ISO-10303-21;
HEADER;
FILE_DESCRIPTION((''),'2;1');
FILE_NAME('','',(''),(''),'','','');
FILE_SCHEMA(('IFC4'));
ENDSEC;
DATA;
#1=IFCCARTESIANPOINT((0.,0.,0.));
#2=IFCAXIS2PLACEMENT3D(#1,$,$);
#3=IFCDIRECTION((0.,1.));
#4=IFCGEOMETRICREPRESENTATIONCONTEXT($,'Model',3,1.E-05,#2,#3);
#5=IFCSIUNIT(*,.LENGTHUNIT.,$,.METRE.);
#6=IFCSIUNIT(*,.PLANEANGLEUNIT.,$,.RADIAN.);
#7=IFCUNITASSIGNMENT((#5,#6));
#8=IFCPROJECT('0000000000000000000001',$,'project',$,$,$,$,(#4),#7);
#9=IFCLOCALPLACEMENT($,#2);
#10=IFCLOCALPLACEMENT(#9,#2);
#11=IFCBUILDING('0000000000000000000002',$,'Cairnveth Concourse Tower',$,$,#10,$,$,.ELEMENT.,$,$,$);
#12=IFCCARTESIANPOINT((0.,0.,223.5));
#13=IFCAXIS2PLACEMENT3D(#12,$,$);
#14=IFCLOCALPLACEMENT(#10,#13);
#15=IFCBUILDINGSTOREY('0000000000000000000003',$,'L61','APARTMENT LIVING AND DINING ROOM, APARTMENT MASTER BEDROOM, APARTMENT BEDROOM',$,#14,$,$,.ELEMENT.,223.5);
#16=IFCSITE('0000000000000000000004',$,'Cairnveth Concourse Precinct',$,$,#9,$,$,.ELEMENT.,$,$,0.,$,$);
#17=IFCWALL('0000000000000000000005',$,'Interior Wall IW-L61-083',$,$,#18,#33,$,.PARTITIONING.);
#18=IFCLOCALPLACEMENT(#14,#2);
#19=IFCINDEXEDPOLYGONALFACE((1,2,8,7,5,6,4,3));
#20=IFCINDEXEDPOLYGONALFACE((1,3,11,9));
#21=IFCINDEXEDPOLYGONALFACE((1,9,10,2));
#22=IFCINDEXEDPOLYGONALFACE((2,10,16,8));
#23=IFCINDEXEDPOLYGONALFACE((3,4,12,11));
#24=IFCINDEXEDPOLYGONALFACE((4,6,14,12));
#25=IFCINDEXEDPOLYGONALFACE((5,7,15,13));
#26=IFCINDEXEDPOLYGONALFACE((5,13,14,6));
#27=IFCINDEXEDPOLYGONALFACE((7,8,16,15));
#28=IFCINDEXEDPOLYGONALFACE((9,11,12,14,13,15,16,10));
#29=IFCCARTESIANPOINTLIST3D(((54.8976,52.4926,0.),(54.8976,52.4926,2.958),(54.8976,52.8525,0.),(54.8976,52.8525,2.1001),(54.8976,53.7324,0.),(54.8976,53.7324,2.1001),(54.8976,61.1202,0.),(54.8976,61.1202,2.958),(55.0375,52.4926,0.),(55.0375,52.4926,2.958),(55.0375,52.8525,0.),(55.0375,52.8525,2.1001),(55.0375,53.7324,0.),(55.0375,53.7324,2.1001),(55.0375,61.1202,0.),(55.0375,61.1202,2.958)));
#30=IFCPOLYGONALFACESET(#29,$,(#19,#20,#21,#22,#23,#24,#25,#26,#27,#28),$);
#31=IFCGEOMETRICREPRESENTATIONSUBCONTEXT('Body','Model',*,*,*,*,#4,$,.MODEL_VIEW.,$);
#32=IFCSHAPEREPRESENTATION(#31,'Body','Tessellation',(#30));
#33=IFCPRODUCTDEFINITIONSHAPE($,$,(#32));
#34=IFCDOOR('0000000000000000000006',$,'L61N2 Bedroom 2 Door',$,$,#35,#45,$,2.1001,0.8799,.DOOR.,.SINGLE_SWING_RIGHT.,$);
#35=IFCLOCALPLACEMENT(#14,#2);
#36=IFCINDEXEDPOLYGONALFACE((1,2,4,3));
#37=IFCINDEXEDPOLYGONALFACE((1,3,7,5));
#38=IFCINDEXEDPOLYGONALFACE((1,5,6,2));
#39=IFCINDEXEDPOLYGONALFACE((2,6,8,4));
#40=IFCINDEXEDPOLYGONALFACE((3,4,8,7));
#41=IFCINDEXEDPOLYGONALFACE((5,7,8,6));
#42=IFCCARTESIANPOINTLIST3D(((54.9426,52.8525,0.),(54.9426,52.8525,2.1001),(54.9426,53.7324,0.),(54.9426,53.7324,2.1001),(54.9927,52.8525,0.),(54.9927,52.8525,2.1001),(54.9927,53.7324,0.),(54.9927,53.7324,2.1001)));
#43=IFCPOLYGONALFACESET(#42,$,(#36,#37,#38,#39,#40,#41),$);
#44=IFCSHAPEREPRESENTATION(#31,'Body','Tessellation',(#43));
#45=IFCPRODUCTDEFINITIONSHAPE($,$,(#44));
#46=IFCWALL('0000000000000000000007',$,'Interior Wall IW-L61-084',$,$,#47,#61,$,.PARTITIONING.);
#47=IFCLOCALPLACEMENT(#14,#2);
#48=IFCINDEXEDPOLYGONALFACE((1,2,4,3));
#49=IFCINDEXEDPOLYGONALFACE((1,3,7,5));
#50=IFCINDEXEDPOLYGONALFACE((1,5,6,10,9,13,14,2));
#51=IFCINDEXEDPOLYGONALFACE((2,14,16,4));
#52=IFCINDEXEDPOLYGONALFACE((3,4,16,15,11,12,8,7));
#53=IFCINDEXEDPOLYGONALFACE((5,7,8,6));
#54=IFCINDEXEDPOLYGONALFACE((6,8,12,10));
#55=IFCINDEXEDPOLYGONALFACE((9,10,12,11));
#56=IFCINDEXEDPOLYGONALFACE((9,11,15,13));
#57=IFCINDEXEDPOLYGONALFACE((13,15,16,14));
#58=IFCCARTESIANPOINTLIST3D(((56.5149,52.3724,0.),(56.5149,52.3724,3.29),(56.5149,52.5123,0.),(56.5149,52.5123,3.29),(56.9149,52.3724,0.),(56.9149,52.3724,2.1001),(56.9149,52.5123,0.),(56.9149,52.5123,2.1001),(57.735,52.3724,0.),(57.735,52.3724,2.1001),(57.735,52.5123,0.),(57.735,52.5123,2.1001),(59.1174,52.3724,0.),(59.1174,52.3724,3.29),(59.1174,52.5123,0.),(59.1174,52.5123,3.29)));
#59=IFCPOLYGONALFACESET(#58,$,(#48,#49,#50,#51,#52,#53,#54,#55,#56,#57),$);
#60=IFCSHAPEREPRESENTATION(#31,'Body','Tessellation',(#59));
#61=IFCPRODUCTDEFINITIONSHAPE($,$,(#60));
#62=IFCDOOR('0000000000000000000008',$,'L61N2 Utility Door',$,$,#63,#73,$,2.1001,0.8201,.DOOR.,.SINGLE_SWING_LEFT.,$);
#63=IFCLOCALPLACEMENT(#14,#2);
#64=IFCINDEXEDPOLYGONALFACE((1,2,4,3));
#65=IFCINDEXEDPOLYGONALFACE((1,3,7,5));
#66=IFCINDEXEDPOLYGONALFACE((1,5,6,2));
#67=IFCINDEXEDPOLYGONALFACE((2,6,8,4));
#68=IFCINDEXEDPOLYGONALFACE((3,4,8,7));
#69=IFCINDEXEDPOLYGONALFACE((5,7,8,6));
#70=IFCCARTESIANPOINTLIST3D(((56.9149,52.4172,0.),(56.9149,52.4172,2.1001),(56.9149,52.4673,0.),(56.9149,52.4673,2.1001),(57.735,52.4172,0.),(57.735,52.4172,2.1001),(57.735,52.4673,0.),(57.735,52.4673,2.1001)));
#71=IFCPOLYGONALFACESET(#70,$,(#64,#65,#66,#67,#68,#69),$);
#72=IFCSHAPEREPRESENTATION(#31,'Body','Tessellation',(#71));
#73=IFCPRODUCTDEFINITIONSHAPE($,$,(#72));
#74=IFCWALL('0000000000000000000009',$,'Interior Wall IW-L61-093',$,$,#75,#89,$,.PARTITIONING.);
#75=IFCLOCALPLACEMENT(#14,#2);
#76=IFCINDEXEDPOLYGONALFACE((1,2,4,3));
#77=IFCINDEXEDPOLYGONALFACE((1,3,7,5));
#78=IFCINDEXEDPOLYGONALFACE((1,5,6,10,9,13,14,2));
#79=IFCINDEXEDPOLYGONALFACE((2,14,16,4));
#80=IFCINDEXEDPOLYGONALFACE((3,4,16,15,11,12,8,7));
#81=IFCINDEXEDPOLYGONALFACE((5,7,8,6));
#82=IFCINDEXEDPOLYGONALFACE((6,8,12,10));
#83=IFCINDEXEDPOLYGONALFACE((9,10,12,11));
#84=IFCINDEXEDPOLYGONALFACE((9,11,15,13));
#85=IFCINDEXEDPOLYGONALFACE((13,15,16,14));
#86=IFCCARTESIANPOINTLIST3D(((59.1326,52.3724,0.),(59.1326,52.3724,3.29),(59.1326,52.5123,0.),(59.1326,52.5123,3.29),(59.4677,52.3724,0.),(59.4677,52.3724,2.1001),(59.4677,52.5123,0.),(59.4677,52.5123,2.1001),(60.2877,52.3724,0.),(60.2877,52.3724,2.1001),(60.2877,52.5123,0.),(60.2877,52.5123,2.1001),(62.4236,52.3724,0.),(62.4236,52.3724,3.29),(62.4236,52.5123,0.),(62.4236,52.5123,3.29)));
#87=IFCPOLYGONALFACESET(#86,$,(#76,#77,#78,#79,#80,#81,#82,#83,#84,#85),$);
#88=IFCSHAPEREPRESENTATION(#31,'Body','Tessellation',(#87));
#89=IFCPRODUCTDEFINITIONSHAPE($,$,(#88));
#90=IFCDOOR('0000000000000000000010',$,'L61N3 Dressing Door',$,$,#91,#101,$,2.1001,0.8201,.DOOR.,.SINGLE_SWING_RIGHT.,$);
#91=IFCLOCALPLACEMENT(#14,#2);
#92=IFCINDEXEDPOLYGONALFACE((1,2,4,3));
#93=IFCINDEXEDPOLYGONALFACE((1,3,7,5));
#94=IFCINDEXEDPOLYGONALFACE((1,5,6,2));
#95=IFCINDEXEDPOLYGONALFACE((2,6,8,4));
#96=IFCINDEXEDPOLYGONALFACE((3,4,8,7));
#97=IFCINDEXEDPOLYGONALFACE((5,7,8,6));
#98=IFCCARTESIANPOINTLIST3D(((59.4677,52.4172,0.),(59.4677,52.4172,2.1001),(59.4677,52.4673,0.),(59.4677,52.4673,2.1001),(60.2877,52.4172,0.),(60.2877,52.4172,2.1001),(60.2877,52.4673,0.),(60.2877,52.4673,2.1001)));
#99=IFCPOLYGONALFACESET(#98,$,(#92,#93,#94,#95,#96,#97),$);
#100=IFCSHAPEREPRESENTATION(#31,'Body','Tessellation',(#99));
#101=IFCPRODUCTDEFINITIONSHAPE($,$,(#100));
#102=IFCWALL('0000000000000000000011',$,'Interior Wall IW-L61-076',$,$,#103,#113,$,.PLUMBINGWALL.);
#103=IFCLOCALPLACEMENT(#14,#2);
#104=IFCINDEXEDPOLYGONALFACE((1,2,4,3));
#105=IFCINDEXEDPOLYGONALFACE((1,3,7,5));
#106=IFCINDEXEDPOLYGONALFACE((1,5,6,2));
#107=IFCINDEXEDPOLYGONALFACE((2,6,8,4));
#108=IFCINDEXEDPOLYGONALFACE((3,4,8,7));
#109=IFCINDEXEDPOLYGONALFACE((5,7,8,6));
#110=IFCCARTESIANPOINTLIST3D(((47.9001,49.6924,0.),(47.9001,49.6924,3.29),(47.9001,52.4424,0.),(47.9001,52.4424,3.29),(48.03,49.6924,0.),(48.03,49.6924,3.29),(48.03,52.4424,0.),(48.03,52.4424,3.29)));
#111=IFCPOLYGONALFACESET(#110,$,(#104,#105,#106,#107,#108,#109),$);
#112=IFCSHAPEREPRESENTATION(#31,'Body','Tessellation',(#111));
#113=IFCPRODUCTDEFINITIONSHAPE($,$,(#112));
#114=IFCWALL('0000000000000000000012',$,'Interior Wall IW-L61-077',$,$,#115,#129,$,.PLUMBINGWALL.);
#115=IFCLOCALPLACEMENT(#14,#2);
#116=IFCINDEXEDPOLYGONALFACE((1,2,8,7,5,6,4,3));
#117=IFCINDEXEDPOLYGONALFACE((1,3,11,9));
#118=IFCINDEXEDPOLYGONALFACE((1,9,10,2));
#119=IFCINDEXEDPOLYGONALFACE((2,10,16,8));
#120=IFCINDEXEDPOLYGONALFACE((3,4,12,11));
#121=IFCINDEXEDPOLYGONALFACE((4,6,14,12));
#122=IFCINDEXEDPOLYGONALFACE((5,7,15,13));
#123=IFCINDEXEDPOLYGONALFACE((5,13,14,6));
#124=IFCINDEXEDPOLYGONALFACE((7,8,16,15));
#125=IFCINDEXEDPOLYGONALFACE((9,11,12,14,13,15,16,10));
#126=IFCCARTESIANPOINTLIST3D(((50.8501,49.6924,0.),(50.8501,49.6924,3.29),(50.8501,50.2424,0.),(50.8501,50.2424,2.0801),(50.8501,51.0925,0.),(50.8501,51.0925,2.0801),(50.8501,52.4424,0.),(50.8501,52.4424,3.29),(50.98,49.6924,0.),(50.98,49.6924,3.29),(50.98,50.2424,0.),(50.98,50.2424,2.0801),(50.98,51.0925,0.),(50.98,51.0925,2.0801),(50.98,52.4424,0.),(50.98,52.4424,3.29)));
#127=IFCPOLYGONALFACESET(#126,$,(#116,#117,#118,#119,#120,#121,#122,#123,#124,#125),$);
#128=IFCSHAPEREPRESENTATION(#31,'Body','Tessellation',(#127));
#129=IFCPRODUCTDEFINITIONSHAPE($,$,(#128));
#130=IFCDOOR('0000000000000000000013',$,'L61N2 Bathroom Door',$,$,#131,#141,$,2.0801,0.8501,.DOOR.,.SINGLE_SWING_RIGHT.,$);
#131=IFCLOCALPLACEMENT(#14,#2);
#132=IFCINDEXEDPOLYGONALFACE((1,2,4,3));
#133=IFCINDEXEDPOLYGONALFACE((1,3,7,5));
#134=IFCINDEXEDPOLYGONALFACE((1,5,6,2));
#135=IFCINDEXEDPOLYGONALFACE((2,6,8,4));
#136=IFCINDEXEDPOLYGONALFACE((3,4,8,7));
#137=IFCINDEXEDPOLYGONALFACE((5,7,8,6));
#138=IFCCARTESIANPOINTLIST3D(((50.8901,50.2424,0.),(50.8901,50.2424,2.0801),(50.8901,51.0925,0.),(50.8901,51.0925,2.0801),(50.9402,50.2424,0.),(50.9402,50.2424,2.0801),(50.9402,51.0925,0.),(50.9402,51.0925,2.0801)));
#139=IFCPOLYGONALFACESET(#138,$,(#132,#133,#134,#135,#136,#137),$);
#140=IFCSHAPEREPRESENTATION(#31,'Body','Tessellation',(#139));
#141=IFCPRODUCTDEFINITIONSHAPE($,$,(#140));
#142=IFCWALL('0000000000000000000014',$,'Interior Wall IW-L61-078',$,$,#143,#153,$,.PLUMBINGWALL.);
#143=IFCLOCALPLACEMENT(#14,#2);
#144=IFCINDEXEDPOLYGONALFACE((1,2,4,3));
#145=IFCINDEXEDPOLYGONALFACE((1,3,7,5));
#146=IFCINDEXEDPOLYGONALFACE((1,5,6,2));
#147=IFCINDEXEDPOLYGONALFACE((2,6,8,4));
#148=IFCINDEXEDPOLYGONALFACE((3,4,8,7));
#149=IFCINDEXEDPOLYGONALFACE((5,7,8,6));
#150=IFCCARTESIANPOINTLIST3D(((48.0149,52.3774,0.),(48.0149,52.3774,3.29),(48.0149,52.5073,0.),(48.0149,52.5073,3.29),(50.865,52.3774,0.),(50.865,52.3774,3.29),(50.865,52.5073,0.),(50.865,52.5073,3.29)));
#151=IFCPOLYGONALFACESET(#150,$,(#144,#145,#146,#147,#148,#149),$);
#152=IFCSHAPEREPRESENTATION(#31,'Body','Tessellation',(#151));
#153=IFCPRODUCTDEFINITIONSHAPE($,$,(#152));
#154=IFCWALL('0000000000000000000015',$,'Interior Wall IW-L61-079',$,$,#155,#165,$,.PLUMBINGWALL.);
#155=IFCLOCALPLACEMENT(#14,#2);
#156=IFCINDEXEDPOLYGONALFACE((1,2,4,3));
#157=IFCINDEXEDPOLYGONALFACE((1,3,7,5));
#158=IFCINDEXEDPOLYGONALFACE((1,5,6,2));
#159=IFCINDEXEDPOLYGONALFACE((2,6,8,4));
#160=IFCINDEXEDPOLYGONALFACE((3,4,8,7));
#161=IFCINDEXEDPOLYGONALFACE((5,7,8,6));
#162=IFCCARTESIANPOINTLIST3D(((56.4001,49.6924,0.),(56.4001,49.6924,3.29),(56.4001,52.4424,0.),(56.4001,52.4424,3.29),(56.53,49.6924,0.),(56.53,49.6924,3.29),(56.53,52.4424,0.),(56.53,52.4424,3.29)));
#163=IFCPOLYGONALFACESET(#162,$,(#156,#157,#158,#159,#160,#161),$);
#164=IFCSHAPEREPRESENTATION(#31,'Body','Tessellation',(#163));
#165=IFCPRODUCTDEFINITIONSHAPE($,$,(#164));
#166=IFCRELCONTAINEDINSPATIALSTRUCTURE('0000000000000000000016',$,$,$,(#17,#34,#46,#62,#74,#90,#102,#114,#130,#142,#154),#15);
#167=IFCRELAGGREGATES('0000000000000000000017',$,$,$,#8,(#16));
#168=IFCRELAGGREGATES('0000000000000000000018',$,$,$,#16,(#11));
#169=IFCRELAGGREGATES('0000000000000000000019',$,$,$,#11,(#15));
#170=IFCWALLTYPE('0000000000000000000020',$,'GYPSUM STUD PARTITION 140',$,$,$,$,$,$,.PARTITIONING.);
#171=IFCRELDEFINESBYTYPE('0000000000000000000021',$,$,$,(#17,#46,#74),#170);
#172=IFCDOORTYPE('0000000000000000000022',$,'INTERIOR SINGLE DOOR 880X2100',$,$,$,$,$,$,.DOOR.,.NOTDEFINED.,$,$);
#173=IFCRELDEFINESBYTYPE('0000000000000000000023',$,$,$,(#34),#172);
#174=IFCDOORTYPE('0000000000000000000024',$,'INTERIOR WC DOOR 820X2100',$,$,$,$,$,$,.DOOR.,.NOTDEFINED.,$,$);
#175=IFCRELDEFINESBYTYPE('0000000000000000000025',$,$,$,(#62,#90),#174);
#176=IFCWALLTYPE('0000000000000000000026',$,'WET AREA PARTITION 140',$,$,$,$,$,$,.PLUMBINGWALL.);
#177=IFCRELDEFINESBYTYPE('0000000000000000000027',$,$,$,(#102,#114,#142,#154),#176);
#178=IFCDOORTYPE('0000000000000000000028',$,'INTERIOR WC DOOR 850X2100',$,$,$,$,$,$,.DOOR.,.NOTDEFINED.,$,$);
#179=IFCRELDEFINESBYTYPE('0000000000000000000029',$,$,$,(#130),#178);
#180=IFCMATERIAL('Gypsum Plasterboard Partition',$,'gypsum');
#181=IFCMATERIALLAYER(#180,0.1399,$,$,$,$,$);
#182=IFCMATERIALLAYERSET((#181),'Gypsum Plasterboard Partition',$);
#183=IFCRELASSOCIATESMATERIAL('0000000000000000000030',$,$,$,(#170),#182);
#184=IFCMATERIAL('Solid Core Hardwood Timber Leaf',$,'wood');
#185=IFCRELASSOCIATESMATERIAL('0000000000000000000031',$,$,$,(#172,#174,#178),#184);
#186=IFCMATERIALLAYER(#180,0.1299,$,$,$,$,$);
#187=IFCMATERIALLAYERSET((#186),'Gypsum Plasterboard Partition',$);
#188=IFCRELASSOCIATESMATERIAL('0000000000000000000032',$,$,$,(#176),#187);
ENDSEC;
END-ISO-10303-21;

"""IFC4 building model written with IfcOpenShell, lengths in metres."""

from ifc_helpers import new_model, si_unit, direction, frame, frame_2d, origin, place, context, subcontext, project, spatial, rectangle, extrude, material, layer, layer_set, type_object, element, fill, save


model = new_model("IFC4")

# Units and contexts
model_context = context("Model", 3, precision=1e-05, world=origin(), true_north=direction((0.0, 1.0)))
body_context = subcontext(model_context, "Body", "Model", "MODEL_VIEW")
ifc_project = project(units=[si_unit("LENGTHUNIT", "METRE"), si_unit("PLANEANGLEUNIT", "RADIAN")], contexts=[model_context])

# Site, building, storey
site_placement = place(None, origin())
site = spatial("IfcSite", under=ifc_project, at=site_placement, Name="Cairnveth Concourse Precinct", CompositionType="ELEMENT", RefElevation=0.0)
building_placement = place(site_placement, origin())
building = spatial("IfcBuilding", under=site, at=building_placement, Name="Cairnveth Concourse Tower", CompositionType="ELEMENT")
storey_placement = place(building_placement, frame((0.0, 0.0, 223.5)))
storey = spatial("IfcBuildingStorey", under=building, at=storey_placement, Name="L61", Description="APARTMENT LIVING AND DINING ROOM, APARTMENT MASTER BEDROOM, APARTMENT BEDROOM", CompositionType="ELEMENT", Elevation=223.5)

# Shared definitions
ifc_material_1 = material(Name="Gypsum Plasterboard Partition", Category="gypsum")

# Walls, openings, doors
ifc_layer_1 = layer(ifc_material_1, 0.1399)
ifc_layer_set_1 = layer_set([ifc_layer_1], Name="Gypsum Plasterboard Partition")
wall_type_1 = type_object("IfcWallType", Name="GYPSUM STUD PARTITION 140", PredefinedType="PARTITIONING", material=ifc_layer_set_1)
ifc_material_2 = material(Name="Solid Core Hardwood Timber Leaf", Category="wood")
door_type_1 = type_object("IfcDoorType", Name="INTERIOR SINGLE DOOR 880X2100", OperationType="NOTDEFINED", PredefinedType="DOOR", material=ifc_material_2)
wall_1_placement = place(storey_placement, frame((54.9675, 52.4924, 0.0), z_axis=(0.0, 0.0, 1.0), x_axis=(0.0, 1.0, 0.0)))
wall_1 = element("IfcWall", 1, at=wall_1_placement, inside=storey, type_object=wall_type_1, Name="Interior Wall IW-L61-083", PredefinedType="PARTITIONING", context=body_context, shape_type="SweptSolid", body=[
    extrude(rectangle(XDim=8.6277, YDim=0.1399, at=frame_2d((4.314, 0.0))), origin(), (0.0, 0.0, 1.0), 2.958),
])
opening_1_placement = place(wall_1_placement, frame((0.3601, 0.0, 0.0)))
opening_1 = element("IfcOpeningElement", 2, at=opening_1_placement, cuts=wall_1, PredefinedType="OPENING", context=body_context, shape_type="SweptSolid", body=[
    extrude(rectangle(XDim=0.8799, YDim=2.1001, at=frame_2d((0.4399, 1.05))), frame((0.0, 0.0798, 0.0), z_axis=(0.0, -1.0, 0.0), x_axis=(1.0, 0.0, 0.0)), (0.0, 0.0, 1.0), 0.1599),
])
door_1_placement = place(opening_1_placement, origin())
door_1 = element("IfcDoor", 3, at=door_1_placement, inside=storey, type_object=door_type_1, Name="L61N2 Bedroom 2 Door", OperationType="SINGLE_SWING_RIGHT", OverallHeight=2.1001, OverallWidth=0.8799, PredefinedType="DOOR", context=body_context, shape_type="SweptSolid", body=[
    extrude(rectangle(XDim=0.8799, YDim=2.1001, at=frame_2d((0.4399, 1.05))), frame((0.0, 0.0249, 0.0), z_axis=(0.0, -1.0, 0.0), x_axis=(1.0, 0.0, 0.0)), (0.0, 0.0, 1.0), 0.05),
])
fill(opening_1, door_1)
wall_2_placement = place(storey_placement, frame((56.5149, 52.4424, 0.0), z_axis=(0.0, 0.0, 1.0), x_axis=(1.0, 0.0, 0.0)))
wall_2 = element("IfcWall", 4, at=wall_2_placement, inside=storey, type_object=wall_type_1, Name="Interior Wall IW-L61-084", PredefinedType="PARTITIONING", context=body_context, shape_type="SweptSolid", body=[
    extrude(rectangle(XDim=2.6025, YDim=0.1399, at=frame_2d((1.3013, 0.0))), origin(), (0.0, 0.0, 1.0), 3.29),
])
opening_2_placement = place(wall_2_placement, frame((0.3999, 0.0, 0.0)))
opening_2 = element("IfcOpeningElement", 5, at=opening_2_placement, cuts=wall_2, PredefinedType="OPENING", context=body_context, shape_type="SweptSolid", body=[
    extrude(rectangle(XDim=0.8201, YDim=2.1001, at=frame_2d((0.4102, 1.05))), frame((0.0, 0.0798, 0.0), z_axis=(0.0, -1.0, 0.0), x_axis=(1.0, 0.0, 0.0)), (0.0, 0.0, 1.0), 0.1599),
])
door_type_2 = type_object("IfcDoorType", Name="INTERIOR WC DOOR 820X2100", OperationType="NOTDEFINED", PredefinedType="DOOR", material=ifc_material_2)
door_2_placement = place(opening_2_placement, origin())
door_2 = element("IfcDoor", 6, at=door_2_placement, inside=storey, type_object=door_type_2, Name="L61N2 Utility Door", OperationType="SINGLE_SWING_LEFT", OverallHeight=2.1001, OverallWidth=0.8201, PredefinedType="DOOR", context=body_context, shape_type="SweptSolid", body=[
    extrude(rectangle(XDim=0.8201, YDim=2.1001, at=frame_2d((0.4102, 1.05))), frame((0.0, 0.0249, 0.0), z_axis=(0.0, -1.0, 0.0), x_axis=(1.0, 0.0, 0.0)), (0.0, 0.0, 1.0), 0.05),
])
fill(opening_2, door_2)
wall_3_placement = place(storey_placement, frame((59.1326, 52.4424, 0.0), z_axis=(0.0, 0.0, 1.0), x_axis=(1.0, 0.0, 0.0)))
wall_3 = element("IfcWall", 7, at=wall_3_placement, inside=storey, type_object=wall_type_1, Name="Interior Wall IW-L61-093", PredefinedType="PARTITIONING", context=body_context, shape_type="SweptSolid", body=[
    extrude(rectangle(XDim=3.291, YDim=0.1399, at=frame_2d((1.6455, 0.0))), origin(), (0.0, 0.0, 1.0), 3.29),
])
opening_3_placement = place(wall_3_placement, frame((0.335, 0.0, 0.0)))
opening_3 = element("IfcOpeningElement", 8, at=opening_3_placement, cuts=wall_3, PredefinedType="OPENING", context=body_context, shape_type="SweptSolid", body=[
    extrude(rectangle(XDim=0.8201, YDim=2.1001, at=frame_2d((0.4102, 1.05))), frame((0.0, 0.0798, 0.0), z_axis=(0.0, -1.0, 0.0), x_axis=(1.0, 0.0, 0.0)), (0.0, 0.0, 1.0), 0.1599),
])
door_3_placement = place(opening_3_placement, origin())
door_3 = element("IfcDoor", 9, at=door_3_placement, inside=storey, type_object=door_type_2, Name="L61N3 Dressing Door", OperationType="SINGLE_SWING_RIGHT", OverallHeight=2.1001, OverallWidth=0.8201, PredefinedType="DOOR", context=body_context, shape_type="SweptSolid", body=[
    extrude(rectangle(XDim=0.8201, YDim=2.1001, at=frame_2d((0.4102, 1.05))), frame((0.0, 0.0249, 0.0), z_axis=(0.0, -1.0, 0.0), x_axis=(1.0, 0.0, 0.0)), (0.0, 0.0, 1.0), 0.05),
])
fill(opening_3, door_3)

# Wall
ifc_layer_2 = layer(ifc_material_1, 0.1299)
ifc_layer_set_2 = layer_set([ifc_layer_2], Name="Gypsum Plasterboard Partition")
wall_type_2 = type_object("IfcWallType", Name="WET AREA PARTITION 140", PredefinedType="PLUMBINGWALL", material=ifc_layer_set_2)
wall_4_placement = place(storey_placement, frame((47.9651, 49.6924, 0.0), z_axis=(0.0, 0.0, 1.0), x_axis=(0.0, 1.0, 0.0)))
element("IfcWall", 10, at=wall_4_placement, inside=storey, type_object=wall_type_2, Name="Interior Wall IW-L61-076", PredefinedType="PLUMBINGWALL", context=body_context, shape_type="SweptSolid", body=[
    extrude(rectangle(XDim=2.75, YDim=0.1299, at=frame_2d((1.375, 0.0))), origin(), (0.0, 0.0, 1.0), 3.29),
])

# Wall, opening, door
wall_5_placement = place(storey_placement, frame((50.915, 49.6924, 0.0), z_axis=(0.0, 0.0, 1.0), x_axis=(0.0, 1.0, 0.0)))
wall_5 = element("IfcWall", 11, at=wall_5_placement, inside=storey, type_object=wall_type_2, Name="Interior Wall IW-L61-077", PredefinedType="PLUMBINGWALL", context=body_context, shape_type="SweptSolid", body=[
    extrude(rectangle(XDim=2.75, YDim=0.1299, at=frame_2d((1.375, 0.0))), origin(), (0.0, 0.0, 1.0), 3.29),
])
opening_4_placement = place(wall_5_placement, frame((0.55, 0.0, 0.0)))
opening_4 = element("IfcOpeningElement", 12, at=opening_4_placement, cuts=wall_5, PredefinedType="OPENING", context=body_context, shape_type="SweptSolid", body=[
    extrude(rectangle(XDim=0.8501, YDim=2.0801, at=frame_2d((0.425, 1.04))), frame((0.0, 0.075, 0.0), z_axis=(0.0, -1.0, 0.0), x_axis=(1.0, 0.0, 0.0)), (0.0, 0.0, 1.0), 0.1499),
])
door_type_3 = type_object("IfcDoorType", Name="INTERIOR WC DOOR 850X2100", OperationType="NOTDEFINED", PredefinedType="DOOR", material=ifc_material_2)
door_4_placement = place(opening_4_placement, origin())
door_4 = element("IfcDoor", 13, at=door_4_placement, inside=storey, type_object=door_type_3, Name="L61N2 Bathroom Door", OperationType="SINGLE_SWING_RIGHT", OverallHeight=2.0801, OverallWidth=0.8501, PredefinedType="DOOR", context=body_context, shape_type="SweptSolid", body=[
    extrude(rectangle(XDim=0.8501, YDim=2.0801, at=frame_2d((0.425, 1.04))), frame((0.0, 0.0249, 0.0), z_axis=(0.0, -1.0, 0.0), x_axis=(1.0, 0.0, 0.0)), (0.0, 0.0, 1.0), 0.05),
])
fill(opening_4, door_4)

# Walls
wall_6_placement = place(storey_placement, frame((48.0149, 52.4424, 0.0), z_axis=(0.0, 0.0, 1.0), x_axis=(1.0, 0.0, 0.0)))
element("IfcWall", 14, at=wall_6_placement, inside=storey, type_object=wall_type_2, Name="Interior Wall IW-L61-078", PredefinedType="PLUMBINGWALL", context=body_context, shape_type="SweptSolid", body=[
    extrude(rectangle(XDim=2.8501, YDim=0.1299, at=frame_2d((1.425, 0.0))), origin(), (0.0, 0.0, 1.0), 3.29),
])
wall_7_placement = place(storey_placement, frame((56.4651, 49.6924, 0.0), z_axis=(0.0, 0.0, 1.0), x_axis=(0.0, 1.0, 0.0)))
element("IfcWall", 15, at=wall_7_placement, inside=storey, type_object=wall_type_2, Name="Interior Wall IW-L61-079", PredefinedType="PLUMBINGWALL", context=body_context, shape_type="SweptSolid", body=[
    extrude(rectangle(XDim=2.75, YDim=0.1299, at=frame_2d((1.375, 0.0))), origin(), (0.0, 0.0, 1.0), 3.29),
])

save(model, "model.ifc")
